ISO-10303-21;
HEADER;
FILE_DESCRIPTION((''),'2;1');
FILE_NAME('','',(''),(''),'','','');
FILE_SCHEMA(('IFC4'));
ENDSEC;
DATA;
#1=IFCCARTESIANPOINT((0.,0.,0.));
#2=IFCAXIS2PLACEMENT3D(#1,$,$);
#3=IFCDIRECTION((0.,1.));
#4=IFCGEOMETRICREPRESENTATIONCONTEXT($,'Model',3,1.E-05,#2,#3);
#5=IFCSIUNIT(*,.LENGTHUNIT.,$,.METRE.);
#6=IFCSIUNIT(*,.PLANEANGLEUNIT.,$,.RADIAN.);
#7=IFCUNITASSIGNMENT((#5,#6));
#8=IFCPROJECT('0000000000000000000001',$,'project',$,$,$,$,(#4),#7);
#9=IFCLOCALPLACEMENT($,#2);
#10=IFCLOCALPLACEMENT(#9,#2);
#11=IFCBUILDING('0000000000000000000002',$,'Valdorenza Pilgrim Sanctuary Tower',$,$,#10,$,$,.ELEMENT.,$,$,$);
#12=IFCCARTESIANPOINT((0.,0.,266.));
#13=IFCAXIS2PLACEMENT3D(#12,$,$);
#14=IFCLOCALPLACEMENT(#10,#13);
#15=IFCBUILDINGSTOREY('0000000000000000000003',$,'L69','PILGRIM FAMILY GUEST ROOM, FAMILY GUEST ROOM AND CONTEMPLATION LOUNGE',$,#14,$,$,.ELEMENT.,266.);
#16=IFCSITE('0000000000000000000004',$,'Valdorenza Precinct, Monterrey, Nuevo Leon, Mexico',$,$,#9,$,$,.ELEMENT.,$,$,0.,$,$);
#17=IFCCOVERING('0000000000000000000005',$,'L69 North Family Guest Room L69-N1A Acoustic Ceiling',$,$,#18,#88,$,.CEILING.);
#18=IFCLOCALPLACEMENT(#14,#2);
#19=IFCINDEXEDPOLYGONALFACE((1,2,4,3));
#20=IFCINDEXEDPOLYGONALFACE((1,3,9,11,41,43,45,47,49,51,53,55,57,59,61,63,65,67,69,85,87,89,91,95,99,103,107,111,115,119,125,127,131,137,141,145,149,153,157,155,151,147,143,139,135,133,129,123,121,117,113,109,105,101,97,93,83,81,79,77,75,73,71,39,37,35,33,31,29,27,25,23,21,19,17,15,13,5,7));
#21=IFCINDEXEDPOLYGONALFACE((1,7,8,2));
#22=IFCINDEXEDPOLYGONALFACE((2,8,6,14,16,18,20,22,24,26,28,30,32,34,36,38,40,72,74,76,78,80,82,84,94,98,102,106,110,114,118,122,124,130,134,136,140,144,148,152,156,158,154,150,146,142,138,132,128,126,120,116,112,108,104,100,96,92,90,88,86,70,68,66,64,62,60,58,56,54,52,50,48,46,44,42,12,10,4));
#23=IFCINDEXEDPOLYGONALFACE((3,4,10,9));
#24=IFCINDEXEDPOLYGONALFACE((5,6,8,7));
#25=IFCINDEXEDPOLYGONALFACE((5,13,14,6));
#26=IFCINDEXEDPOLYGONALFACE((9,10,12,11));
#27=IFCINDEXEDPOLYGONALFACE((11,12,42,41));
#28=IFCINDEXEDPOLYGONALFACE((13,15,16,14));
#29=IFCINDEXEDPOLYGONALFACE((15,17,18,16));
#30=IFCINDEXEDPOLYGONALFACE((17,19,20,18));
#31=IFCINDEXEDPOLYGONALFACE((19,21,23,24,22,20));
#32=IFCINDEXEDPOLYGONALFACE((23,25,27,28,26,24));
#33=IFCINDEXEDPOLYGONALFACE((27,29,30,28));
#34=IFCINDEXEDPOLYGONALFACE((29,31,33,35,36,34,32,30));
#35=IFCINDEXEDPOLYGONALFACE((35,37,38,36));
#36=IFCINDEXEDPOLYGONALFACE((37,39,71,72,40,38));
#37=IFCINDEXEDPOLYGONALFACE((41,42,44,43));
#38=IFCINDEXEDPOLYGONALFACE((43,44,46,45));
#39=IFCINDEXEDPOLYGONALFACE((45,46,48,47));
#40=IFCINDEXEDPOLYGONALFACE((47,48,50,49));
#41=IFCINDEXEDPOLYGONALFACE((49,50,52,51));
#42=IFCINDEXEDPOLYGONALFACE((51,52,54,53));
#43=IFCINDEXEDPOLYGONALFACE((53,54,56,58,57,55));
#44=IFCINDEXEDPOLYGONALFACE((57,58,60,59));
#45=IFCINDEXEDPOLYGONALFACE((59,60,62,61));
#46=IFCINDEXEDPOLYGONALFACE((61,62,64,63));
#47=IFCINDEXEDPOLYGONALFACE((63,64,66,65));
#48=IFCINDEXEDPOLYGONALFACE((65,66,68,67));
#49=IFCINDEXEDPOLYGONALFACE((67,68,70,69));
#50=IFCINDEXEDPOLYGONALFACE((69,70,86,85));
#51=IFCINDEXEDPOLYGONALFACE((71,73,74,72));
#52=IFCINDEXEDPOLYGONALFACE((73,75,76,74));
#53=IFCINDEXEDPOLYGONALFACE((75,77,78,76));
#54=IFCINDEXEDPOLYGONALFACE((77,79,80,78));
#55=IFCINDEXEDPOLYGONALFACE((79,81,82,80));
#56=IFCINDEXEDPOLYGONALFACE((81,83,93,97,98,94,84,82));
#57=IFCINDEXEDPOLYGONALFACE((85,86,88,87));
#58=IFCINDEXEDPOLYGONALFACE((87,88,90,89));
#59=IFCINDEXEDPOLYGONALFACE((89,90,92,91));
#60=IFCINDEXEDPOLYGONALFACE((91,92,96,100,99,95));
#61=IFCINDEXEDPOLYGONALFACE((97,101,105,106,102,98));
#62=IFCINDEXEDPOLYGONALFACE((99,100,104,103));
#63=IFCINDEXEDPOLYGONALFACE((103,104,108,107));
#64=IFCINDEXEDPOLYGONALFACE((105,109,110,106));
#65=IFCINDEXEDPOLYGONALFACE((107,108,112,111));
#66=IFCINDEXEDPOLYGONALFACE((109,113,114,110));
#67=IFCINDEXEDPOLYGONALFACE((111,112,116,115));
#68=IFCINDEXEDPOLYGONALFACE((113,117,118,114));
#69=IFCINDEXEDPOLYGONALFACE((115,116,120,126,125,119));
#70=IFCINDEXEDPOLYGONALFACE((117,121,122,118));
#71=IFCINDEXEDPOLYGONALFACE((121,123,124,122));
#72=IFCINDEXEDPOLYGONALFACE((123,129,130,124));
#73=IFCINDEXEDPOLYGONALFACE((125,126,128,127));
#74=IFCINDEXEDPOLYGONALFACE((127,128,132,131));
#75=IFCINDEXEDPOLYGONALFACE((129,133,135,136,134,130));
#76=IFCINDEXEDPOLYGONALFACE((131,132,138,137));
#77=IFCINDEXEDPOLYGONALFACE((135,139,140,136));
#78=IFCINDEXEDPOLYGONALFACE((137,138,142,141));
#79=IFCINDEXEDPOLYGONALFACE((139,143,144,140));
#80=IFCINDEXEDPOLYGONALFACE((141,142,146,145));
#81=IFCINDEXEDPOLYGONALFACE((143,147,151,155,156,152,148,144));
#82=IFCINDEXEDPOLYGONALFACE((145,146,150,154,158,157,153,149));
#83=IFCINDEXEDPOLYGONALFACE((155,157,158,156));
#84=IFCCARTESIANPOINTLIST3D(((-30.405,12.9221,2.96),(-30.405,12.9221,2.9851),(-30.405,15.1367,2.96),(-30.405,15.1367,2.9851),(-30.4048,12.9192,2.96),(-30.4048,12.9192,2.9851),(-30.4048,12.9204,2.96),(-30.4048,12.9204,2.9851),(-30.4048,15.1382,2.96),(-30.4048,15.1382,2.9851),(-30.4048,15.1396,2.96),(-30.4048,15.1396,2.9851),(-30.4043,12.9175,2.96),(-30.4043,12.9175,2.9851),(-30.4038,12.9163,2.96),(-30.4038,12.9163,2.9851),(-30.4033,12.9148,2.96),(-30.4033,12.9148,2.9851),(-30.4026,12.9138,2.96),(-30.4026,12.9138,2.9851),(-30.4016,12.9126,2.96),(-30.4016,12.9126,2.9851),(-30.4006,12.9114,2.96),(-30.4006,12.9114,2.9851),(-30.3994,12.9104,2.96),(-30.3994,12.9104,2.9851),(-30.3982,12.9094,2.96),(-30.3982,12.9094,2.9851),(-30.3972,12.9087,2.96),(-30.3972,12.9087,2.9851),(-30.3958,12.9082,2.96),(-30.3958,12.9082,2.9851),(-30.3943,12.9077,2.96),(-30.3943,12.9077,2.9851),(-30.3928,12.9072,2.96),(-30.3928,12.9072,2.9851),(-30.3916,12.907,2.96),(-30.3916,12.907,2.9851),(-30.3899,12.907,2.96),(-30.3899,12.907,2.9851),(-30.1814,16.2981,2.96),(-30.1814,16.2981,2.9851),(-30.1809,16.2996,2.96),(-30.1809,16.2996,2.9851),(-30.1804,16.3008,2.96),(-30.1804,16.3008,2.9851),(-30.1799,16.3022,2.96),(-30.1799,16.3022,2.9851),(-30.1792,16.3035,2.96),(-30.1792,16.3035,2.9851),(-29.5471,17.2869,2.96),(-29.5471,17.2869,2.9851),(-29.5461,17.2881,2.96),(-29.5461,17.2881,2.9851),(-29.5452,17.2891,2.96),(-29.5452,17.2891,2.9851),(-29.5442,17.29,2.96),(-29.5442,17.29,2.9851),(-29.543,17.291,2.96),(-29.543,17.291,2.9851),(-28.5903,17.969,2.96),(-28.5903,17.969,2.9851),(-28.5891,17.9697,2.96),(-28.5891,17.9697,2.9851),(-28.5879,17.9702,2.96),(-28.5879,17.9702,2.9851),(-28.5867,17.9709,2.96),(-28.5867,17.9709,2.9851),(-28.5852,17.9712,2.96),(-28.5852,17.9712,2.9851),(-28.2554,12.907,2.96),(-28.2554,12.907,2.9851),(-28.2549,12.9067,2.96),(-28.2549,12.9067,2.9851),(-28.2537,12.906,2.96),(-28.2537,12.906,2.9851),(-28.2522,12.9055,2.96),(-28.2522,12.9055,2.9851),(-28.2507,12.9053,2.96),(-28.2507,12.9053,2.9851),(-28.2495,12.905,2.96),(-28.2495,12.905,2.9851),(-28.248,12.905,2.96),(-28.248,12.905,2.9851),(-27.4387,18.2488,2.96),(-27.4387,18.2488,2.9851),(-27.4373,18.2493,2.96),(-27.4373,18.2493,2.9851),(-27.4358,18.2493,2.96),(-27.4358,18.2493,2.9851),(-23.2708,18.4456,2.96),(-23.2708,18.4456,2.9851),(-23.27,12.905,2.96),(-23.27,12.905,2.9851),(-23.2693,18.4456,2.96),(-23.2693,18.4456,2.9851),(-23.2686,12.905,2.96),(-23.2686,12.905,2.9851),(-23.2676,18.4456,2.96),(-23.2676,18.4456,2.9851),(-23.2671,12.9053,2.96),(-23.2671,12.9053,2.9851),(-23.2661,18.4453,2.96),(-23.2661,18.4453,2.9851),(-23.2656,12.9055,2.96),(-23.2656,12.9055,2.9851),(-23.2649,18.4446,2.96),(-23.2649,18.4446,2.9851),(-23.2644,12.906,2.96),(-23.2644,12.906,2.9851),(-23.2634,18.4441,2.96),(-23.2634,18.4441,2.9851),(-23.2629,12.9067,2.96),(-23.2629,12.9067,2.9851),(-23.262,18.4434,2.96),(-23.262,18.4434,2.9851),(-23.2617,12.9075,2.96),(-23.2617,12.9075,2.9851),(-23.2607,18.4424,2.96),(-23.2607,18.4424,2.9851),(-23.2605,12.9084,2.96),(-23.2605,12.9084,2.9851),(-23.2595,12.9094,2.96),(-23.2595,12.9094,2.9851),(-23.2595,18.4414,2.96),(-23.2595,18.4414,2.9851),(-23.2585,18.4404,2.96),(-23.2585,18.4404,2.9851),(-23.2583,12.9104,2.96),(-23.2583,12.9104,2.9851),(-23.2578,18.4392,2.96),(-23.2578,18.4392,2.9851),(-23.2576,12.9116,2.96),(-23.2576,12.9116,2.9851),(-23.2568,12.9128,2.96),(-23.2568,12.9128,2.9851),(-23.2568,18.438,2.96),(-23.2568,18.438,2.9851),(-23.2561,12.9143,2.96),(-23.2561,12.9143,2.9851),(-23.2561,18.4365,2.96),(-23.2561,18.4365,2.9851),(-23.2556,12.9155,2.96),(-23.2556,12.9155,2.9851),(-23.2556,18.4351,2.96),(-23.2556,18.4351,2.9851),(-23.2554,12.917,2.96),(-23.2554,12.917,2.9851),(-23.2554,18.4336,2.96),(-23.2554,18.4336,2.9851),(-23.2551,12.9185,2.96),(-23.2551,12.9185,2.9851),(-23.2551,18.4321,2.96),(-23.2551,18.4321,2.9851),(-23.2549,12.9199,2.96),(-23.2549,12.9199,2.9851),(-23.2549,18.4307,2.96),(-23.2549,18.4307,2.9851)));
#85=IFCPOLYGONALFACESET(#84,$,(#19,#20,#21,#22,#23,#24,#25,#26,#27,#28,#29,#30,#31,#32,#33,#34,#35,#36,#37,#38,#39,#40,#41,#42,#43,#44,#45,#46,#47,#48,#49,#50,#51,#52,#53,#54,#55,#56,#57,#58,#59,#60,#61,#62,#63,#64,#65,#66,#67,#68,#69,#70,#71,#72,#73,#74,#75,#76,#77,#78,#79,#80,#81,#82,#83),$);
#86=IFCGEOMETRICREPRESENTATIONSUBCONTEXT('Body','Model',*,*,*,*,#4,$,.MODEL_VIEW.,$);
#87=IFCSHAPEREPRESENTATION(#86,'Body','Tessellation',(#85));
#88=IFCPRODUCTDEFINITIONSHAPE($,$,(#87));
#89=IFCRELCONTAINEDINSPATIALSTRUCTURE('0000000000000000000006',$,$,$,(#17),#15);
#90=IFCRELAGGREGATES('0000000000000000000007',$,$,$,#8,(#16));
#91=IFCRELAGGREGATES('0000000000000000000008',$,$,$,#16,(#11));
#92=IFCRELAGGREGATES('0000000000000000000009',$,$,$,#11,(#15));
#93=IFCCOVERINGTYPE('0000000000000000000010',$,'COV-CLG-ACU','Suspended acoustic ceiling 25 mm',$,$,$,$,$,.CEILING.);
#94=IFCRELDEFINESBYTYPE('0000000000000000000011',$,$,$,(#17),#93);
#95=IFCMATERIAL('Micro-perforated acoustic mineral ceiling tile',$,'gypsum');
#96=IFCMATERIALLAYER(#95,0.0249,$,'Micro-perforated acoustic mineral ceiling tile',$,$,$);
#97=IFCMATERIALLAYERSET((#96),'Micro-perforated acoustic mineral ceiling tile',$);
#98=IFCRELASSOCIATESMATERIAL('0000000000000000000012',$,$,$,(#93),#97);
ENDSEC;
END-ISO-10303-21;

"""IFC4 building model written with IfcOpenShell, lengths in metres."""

from ifc_helpers import new_model, si_unit, direction, frame, origin, place, context, subcontext, project, spatial, polyline, outline, extrude, material, layer, layer_set, type_object, element, save


model = new_model("IFC4")

# Units and contexts
model_context = context("Model", 3, precision=1e-05, world=origin(), true_north=direction((0.0, 1.0)))
body_context = subcontext(model_context, "Body", "Model", "MODEL_VIEW")
ifc_project = project(units=[si_unit("LENGTHUNIT", "METRE"), si_unit("PLANEANGLEUNIT", "RADIAN")], contexts=[model_context])

# Site, building, storey
site_placement = place(None, origin())
site = spatial("IfcSite", under=ifc_project, at=site_placement, Name="Valdorenza Precinct, Monterrey, Nuevo Leon, Mexico", CompositionType="ELEMENT", RefElevation=0.0)
building_placement = place(site_placement, origin())
building = spatial("IfcBuilding", under=site, at=building_placement, Name="Valdorenza Pilgrim Sanctuary Tower", CompositionType="ELEMENT")
storey_placement = place(building_placement, frame((0.0, 0.0, 266.0)))
storey = spatial("IfcBuildingStorey", under=building, at=storey_placement, Name="L69", Description="PILGRIM FAMILY GUEST ROOM, FAMILY GUEST ROOM AND CONTEMPLATION LOUNGE", CompositionType="ELEMENT", Elevation=266.0)

# Covering
ifc_material_1 = material(Name="Micro-perforated acoustic mineral ceiling tile", Category="gypsum")
ifc_layer_1 = layer(ifc_material_1, 0.0249, Name="Micro-perforated acoustic mineral ceiling tile")
ifc_layer_set_1 = layer_set([ifc_layer_1], Name="Micro-perforated acoustic mineral ceiling tile")
covering_type_1 = type_object("IfcCoveringType", Name="COV-CLG-ACU", Description="Suspended acoustic ceiling 25 mm", PredefinedType="CEILING", material=ifc_layer_set_1)
covering_1_placement = place(storey_placement, frame((0.0, 0.0, 2.96)))
element("IfcCovering", 1, at=covering_1_placement, inside=storey, type_object=covering_type_1, Name="L69 North Family Guest Room L69-N1A Acoustic Ceiling", PredefinedType="CEILING", context=body_context, shape_type="SweptSolid", body=[
    extrude(outline(polyline([(-30.1814, 16.2981), (-30.1809, 16.2996), (-30.1804, 16.3008), (-30.1799, 16.3022), (-30.1792, 16.3035), (-29.5471, 17.2869), (-29.5461, 17.2881), (-29.5452, 17.2891), (-29.5442, 17.29), (-29.543, 17.291), (-28.5903, 17.969), (-28.5891, 17.9697), (-28.5879, 17.9702), (-28.5867, 17.9709), (-28.5852, 17.9712), (-27.4387, 18.2488), (-27.4373, 18.2493), (-27.4358, 18.2493), (-23.2708, 18.4456), (-23.2693, 18.4456), (-23.2676, 18.4456), (-23.2661, 18.4453), (-23.2649, 18.4446), (-23.2634, 18.4441), (-23.262, 18.4434), (-23.2607, 18.4424), (-23.2595, 18.4414), (-23.2585, 18.4404), (-23.2578, 18.4392), (-23.2568, 18.438), (-23.2561, 18.4365), (-23.2556, 18.4351), (-23.2554, 18.4336), (-23.2551, 18.4321), (-23.2549, 18.4307), (-23.2549, 12.9199), (-23.2551, 12.9185), (-23.2554, 12.917), (-23.2556, 12.9155), (-23.2561, 12.9143), (-23.2568, 12.9128), (-23.2576, 12.9116), (-23.2583, 12.9104), (-23.2595, 12.9094), (-23.2605, 12.9084), (-23.2617, 12.9075), (-23.2629, 12.9067), (-23.2644, 12.906), (-23.2656, 12.9055), (-23.2671, 12.9053), (-23.2686, 12.905), (-23.27, 12.905), (-28.248, 12.905), (-28.2495, 12.905), (-28.2507, 12.9053), (-28.2522, 12.9055), (-28.2537, 12.906), (-28.2549, 12.9067), (-28.2554, 12.907), (-30.3899, 12.907), (-30.3916, 12.907), (-30.3928, 12.9072), (-30.3943, 12.9077), (-30.3958, 12.9082), (-30.3972, 12.9087), (-30.3982, 12.9094), (-30.3994, 12.9104), (-30.4006, 12.9114), (-30.4016, 12.9126), (-30.4026, 12.9138), (-30.4033, 12.9148), (-30.4038, 12.9163), (-30.4043, 12.9175), (-30.4048, 12.9192), (-30.4048, 12.9204), (-30.405, 12.9221), (-30.405, 15.1367), (-30.4048, 15.1382), (-30.4048, 15.1396), (-30.1814, 16.2981)])), origin(), (0.0, 0.0, 1.0), 0.0251),
])

save(model, "model.ifc")
